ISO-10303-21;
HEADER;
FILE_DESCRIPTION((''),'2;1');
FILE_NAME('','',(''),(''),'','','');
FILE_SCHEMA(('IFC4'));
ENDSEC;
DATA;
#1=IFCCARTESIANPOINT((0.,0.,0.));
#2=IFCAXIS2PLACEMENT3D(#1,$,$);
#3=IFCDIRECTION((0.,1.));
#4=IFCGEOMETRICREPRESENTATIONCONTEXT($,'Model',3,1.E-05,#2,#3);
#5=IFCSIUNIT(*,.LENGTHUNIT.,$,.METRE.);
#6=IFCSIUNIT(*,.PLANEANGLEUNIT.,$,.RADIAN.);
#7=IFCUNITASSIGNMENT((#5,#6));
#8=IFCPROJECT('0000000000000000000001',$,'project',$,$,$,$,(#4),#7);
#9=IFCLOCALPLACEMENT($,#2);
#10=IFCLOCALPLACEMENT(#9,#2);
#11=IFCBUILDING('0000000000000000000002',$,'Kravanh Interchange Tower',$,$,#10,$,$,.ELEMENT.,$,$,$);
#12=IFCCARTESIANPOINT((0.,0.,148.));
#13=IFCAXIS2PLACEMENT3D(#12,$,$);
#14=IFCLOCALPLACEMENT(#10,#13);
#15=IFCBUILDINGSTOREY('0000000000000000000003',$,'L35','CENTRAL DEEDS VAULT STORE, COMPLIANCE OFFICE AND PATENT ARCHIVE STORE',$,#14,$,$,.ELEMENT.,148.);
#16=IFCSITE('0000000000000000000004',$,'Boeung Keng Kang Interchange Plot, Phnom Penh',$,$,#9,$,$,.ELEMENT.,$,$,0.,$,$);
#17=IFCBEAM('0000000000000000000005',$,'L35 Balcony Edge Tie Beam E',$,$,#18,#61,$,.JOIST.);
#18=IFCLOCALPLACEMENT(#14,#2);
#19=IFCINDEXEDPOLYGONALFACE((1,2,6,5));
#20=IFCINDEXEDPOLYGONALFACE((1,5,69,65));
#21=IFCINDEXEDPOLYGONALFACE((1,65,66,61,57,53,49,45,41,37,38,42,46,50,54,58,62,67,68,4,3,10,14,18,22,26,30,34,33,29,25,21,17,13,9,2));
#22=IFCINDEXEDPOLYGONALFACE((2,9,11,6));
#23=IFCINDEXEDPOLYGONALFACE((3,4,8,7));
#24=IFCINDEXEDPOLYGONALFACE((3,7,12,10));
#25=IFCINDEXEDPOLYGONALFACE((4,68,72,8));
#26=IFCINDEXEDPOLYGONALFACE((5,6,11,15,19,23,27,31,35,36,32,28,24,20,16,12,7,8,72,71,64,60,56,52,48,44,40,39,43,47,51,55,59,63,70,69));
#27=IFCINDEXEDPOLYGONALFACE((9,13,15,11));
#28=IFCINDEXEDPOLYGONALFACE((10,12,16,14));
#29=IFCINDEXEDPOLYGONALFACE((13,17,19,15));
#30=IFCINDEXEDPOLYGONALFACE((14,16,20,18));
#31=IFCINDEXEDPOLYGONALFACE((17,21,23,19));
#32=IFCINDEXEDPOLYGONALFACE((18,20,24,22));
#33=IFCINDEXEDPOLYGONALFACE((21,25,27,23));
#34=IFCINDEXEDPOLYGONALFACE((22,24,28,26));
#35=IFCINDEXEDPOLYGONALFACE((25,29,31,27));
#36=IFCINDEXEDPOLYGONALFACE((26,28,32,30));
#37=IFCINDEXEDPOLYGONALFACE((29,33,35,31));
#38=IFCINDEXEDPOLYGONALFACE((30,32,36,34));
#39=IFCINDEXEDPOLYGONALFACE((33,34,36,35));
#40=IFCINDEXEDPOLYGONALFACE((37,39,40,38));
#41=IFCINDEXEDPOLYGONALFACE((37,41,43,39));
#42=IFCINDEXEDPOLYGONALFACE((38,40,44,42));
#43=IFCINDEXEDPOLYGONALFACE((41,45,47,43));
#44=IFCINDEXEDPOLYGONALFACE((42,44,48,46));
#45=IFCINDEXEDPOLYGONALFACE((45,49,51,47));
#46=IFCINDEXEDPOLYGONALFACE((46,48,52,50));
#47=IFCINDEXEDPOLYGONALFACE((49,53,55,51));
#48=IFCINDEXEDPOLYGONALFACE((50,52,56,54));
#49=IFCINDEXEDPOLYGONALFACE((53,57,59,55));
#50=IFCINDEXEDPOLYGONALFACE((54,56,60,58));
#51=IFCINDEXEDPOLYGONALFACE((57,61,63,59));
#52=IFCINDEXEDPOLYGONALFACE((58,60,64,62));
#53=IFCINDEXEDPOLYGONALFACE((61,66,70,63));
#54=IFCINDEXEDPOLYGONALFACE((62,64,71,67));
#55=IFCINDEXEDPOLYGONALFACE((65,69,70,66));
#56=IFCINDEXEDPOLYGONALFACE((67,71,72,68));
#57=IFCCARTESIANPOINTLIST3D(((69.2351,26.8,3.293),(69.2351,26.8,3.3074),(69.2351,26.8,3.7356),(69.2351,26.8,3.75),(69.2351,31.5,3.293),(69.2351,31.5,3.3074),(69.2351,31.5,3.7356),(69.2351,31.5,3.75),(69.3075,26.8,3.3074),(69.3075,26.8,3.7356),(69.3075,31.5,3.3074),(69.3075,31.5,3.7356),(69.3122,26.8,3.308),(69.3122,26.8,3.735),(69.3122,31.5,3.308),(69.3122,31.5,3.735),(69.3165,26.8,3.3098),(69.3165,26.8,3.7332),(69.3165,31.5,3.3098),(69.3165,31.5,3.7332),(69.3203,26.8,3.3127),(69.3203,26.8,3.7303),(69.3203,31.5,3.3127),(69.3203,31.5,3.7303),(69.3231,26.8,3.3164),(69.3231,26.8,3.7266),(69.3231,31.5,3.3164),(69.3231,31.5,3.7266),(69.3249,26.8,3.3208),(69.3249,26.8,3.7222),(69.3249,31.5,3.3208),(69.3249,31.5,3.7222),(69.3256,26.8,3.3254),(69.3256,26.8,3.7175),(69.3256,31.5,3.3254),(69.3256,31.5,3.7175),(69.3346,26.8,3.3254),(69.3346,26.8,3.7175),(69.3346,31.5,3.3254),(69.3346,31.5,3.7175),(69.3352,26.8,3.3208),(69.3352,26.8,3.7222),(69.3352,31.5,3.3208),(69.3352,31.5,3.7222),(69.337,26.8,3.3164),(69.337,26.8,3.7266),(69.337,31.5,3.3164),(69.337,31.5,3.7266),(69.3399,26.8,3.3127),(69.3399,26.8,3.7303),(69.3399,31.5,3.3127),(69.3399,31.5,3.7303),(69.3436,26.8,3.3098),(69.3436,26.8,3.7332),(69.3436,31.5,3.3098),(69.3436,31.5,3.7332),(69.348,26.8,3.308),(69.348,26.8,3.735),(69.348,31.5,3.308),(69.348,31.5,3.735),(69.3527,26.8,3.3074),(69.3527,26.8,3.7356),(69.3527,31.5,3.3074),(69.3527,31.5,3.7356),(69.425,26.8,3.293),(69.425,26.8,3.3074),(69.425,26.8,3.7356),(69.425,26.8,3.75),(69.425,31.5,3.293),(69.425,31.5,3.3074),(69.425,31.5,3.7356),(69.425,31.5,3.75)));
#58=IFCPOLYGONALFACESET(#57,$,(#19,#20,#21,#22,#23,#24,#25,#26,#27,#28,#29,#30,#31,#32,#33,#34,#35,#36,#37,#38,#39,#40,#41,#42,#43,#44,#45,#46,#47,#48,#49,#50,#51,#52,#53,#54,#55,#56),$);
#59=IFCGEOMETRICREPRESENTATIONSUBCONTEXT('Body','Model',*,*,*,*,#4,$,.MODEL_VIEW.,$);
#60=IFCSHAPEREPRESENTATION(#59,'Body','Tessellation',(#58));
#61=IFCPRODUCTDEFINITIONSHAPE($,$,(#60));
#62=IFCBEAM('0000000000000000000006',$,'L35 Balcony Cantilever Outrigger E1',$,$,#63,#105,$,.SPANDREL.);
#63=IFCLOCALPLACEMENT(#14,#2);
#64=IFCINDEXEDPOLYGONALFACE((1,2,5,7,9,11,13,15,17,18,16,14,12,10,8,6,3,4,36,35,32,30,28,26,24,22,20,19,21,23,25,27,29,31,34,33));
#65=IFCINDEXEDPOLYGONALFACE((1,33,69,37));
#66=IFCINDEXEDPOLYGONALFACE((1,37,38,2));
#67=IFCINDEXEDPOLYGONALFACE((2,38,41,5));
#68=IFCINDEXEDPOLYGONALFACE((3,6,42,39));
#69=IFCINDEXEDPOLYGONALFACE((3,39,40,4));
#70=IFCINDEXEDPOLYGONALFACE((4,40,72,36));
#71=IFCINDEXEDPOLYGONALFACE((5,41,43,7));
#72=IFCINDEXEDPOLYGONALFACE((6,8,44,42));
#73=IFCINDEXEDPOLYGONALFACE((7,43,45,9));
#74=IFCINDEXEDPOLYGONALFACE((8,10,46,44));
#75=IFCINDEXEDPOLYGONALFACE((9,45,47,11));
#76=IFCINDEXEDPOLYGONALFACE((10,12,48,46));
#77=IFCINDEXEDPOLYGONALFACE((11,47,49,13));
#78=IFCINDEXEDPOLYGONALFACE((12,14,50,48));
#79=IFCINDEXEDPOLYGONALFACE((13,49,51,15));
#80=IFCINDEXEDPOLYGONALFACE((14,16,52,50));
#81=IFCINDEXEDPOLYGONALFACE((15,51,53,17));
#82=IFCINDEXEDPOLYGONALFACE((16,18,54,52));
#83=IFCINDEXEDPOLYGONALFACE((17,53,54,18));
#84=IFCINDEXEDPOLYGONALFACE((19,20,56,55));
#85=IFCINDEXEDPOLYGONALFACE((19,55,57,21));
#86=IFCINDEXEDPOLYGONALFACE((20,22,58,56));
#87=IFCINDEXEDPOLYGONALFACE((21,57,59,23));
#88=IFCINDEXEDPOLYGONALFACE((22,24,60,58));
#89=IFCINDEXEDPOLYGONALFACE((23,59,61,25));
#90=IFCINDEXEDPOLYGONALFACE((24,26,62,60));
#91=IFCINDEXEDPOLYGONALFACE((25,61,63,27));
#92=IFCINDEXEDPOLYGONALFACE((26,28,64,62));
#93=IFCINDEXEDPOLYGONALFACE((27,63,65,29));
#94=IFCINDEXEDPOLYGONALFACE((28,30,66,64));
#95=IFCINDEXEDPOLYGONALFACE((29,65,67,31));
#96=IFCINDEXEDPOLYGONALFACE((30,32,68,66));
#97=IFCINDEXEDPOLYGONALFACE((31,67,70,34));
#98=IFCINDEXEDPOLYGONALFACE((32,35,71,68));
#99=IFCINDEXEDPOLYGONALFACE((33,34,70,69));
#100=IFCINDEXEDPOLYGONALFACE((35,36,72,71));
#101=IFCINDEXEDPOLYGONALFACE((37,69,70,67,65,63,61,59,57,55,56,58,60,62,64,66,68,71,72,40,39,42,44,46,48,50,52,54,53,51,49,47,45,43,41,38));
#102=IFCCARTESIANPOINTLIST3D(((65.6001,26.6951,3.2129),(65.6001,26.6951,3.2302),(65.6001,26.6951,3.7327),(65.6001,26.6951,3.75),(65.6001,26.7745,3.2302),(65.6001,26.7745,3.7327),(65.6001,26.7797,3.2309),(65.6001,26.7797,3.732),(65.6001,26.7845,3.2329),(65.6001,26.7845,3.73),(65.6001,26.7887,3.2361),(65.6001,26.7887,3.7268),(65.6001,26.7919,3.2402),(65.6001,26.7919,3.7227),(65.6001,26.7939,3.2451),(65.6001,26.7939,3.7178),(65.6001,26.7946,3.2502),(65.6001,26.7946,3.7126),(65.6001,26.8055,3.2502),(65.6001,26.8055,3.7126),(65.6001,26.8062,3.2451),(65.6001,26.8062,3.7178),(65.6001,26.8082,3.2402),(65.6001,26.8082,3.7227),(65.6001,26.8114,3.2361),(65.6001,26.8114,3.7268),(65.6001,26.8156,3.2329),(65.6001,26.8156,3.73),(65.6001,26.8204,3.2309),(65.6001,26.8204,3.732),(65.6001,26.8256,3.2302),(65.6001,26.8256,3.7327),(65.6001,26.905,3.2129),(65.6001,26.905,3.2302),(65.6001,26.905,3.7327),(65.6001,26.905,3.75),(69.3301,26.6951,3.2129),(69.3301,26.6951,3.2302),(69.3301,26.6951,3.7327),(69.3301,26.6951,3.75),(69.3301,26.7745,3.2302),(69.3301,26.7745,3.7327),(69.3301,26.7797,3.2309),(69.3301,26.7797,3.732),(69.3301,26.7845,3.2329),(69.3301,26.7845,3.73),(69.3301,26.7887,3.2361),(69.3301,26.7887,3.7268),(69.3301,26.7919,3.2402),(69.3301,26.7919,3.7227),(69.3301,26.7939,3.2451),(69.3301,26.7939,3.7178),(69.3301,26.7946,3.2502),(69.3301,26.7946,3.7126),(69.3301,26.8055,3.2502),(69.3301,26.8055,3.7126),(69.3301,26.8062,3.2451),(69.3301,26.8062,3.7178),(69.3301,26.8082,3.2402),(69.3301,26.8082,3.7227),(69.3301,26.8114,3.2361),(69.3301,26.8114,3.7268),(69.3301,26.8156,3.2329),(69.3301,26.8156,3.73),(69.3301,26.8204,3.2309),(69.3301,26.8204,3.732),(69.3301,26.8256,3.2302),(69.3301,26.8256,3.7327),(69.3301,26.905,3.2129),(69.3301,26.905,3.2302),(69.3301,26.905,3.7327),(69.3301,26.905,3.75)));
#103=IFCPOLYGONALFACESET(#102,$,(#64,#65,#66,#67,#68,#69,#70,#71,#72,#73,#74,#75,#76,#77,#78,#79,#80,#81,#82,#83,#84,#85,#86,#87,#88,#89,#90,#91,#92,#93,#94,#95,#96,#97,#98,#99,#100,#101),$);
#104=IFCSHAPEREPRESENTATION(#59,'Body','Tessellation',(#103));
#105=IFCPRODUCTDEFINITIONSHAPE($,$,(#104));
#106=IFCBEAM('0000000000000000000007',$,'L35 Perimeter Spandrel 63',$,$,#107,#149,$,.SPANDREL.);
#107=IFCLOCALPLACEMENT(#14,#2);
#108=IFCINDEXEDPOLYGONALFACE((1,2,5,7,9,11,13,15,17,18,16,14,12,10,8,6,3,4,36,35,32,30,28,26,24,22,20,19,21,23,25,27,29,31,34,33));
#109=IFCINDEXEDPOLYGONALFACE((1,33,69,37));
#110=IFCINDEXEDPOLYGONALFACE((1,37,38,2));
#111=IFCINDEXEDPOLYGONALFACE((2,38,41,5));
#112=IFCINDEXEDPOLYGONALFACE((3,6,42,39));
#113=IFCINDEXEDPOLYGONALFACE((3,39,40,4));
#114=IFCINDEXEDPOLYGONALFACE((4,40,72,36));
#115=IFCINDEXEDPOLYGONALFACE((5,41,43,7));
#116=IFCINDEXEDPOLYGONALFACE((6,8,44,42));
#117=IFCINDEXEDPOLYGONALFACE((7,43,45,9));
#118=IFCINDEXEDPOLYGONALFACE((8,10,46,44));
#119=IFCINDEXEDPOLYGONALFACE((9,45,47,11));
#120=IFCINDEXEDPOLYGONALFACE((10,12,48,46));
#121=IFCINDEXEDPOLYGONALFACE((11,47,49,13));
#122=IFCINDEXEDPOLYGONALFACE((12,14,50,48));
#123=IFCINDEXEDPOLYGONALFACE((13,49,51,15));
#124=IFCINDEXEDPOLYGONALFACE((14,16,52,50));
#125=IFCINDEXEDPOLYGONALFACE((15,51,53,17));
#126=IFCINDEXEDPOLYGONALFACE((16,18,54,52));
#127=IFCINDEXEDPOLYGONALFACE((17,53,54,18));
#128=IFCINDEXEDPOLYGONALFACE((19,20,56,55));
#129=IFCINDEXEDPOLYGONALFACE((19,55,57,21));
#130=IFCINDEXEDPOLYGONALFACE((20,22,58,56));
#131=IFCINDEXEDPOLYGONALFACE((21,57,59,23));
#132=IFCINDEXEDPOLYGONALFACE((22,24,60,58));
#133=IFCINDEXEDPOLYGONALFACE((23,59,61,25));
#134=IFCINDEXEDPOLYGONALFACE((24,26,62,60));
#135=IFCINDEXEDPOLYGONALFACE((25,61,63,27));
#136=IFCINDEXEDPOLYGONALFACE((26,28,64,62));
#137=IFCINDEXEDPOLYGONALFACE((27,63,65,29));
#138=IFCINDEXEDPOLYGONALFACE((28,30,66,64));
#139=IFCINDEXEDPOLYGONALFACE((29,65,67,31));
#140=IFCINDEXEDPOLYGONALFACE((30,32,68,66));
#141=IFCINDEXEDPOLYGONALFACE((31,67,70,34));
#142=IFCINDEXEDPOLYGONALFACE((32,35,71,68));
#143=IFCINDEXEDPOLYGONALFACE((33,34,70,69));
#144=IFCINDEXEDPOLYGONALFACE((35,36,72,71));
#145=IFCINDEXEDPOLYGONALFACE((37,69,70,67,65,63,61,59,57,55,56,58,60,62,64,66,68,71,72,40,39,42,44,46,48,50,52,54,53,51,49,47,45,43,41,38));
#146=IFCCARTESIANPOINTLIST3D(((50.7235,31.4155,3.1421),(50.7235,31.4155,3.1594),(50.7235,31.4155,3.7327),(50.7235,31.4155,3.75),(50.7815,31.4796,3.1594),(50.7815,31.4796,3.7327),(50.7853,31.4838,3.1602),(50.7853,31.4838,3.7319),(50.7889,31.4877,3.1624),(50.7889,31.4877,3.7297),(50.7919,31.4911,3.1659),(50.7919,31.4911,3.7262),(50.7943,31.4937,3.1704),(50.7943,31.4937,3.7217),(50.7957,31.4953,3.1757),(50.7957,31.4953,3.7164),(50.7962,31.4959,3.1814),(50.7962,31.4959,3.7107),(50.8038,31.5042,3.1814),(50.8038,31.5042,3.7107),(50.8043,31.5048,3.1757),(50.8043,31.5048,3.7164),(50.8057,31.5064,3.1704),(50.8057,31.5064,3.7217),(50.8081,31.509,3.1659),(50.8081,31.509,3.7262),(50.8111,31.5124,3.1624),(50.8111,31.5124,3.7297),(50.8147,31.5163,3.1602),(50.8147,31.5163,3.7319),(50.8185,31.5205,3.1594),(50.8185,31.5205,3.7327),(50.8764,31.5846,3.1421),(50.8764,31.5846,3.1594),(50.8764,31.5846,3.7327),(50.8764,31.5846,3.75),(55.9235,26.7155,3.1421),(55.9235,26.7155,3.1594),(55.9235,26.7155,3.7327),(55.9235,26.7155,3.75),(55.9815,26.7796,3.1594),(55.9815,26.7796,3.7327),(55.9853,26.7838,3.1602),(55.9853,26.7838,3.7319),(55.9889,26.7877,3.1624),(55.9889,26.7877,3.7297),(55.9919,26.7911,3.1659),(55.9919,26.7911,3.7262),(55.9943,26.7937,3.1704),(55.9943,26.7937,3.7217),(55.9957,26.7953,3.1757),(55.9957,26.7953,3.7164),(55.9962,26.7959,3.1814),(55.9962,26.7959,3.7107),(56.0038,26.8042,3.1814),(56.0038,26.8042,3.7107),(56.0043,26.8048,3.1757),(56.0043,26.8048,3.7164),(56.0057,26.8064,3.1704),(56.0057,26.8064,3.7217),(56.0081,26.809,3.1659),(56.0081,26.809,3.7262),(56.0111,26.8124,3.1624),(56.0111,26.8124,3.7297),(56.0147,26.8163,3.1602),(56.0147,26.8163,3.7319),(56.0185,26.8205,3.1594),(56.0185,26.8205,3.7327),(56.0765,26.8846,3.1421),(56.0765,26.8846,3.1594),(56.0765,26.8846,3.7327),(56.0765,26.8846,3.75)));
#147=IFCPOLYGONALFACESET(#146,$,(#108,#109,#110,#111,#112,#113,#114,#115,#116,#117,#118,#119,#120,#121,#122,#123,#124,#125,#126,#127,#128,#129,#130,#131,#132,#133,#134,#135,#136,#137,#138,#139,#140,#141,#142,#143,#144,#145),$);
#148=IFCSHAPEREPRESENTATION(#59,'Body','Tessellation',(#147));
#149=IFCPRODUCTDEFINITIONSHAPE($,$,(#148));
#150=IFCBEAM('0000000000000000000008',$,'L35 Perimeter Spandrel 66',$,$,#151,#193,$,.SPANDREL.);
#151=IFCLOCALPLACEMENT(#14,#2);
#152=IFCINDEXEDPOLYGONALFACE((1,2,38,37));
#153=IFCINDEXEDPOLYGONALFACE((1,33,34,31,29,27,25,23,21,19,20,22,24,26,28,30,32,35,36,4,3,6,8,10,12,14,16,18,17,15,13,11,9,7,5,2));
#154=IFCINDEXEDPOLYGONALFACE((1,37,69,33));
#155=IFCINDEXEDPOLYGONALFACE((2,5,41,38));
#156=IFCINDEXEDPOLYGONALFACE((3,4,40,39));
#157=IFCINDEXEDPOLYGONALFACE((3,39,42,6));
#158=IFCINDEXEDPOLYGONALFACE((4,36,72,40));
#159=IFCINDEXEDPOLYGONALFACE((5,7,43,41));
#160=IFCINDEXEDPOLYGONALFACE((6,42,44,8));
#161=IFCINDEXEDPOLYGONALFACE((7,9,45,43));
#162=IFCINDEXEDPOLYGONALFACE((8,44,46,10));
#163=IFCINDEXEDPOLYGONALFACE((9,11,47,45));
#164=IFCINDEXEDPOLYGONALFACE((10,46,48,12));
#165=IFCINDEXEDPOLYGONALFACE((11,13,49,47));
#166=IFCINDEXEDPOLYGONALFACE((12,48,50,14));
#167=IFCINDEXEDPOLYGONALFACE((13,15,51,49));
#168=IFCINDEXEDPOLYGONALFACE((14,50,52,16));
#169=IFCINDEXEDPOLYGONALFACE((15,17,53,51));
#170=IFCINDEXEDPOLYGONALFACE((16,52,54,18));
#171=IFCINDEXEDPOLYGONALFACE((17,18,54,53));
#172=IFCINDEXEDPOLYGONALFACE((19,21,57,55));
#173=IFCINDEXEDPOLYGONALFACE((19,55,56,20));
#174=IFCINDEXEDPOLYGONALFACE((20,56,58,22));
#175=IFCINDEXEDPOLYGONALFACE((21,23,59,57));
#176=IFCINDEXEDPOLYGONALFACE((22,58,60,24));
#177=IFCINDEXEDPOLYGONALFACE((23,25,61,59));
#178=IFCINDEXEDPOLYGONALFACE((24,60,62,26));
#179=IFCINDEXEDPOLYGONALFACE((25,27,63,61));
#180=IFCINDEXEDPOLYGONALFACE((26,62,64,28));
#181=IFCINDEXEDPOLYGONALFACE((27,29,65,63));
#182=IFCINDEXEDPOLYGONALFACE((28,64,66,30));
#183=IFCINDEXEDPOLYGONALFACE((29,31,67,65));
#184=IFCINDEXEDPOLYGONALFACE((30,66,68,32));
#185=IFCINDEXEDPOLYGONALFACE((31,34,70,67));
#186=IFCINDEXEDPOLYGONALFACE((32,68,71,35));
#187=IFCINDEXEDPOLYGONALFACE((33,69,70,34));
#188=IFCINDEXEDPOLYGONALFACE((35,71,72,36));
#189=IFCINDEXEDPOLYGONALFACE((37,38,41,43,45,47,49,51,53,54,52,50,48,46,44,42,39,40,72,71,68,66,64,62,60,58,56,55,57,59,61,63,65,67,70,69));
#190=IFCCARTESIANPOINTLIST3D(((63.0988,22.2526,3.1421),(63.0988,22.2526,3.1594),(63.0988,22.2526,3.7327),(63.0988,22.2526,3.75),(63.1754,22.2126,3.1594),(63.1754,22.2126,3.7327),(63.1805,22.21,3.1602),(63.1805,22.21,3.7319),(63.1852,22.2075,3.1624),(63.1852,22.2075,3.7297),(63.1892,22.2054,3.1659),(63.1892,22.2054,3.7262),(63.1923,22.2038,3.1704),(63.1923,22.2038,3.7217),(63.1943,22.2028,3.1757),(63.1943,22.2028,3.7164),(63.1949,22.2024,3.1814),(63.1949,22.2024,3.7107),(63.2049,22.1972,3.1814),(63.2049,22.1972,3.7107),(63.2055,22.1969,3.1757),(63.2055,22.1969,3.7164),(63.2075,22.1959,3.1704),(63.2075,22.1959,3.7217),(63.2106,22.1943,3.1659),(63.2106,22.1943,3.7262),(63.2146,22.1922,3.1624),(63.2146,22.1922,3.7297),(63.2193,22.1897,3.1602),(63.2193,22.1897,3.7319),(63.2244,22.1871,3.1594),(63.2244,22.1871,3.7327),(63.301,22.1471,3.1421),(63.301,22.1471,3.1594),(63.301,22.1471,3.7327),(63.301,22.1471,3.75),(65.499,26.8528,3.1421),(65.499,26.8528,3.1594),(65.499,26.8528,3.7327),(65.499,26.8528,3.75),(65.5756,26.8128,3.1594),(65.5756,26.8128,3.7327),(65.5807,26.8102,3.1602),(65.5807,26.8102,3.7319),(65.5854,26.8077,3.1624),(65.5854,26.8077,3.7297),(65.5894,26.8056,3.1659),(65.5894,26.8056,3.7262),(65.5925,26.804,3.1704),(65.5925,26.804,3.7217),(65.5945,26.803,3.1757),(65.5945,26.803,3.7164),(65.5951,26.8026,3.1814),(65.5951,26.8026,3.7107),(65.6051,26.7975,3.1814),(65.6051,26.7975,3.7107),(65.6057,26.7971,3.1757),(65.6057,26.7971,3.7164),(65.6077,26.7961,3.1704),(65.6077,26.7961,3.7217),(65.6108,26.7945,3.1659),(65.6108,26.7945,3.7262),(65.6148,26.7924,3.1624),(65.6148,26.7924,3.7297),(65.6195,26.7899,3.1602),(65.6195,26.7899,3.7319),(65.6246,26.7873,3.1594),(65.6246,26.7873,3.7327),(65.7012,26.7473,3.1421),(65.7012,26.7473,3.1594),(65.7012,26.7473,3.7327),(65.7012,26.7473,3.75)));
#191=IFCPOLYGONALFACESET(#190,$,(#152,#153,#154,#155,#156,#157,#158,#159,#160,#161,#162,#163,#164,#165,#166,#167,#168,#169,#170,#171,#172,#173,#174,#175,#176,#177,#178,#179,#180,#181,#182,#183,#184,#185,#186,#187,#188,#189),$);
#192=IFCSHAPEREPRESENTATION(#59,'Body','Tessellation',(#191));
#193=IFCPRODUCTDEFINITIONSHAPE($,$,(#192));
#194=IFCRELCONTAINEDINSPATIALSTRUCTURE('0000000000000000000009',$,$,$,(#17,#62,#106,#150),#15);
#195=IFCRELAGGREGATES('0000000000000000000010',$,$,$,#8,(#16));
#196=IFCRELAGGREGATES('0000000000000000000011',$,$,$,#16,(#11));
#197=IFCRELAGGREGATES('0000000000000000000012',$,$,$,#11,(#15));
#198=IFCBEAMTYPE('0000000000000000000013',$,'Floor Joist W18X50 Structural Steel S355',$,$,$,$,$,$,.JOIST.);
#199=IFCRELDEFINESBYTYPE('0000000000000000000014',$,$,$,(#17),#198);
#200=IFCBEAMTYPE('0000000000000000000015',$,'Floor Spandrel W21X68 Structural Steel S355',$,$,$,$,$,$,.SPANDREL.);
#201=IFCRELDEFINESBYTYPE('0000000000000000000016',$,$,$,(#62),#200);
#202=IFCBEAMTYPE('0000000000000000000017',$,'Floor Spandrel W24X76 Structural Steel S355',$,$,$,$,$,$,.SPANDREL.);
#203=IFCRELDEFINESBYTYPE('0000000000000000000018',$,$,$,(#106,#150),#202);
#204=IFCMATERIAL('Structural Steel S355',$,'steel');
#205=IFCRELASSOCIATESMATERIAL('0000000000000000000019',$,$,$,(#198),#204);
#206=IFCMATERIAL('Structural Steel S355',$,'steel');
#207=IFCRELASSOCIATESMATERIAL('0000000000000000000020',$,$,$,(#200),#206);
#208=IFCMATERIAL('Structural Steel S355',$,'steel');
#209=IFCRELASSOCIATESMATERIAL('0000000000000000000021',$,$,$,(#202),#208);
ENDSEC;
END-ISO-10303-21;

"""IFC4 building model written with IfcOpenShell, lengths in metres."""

from ifc_helpers import new_model, si_unit, direction, frame, origin, origin_2d, place, context, subcontext, project, spatial, i_section, extrude, material, material_profile, profile_set, type_object, element, save


model = new_model("IFC4")

# Units and contexts
model_context = context("Model", 3, precision=1e-05, world=origin(), true_north=direction((0.0, 1.0)))
body_context = subcontext(model_context, "Body", "Model", "MODEL_VIEW")
ifc_project = project(units=[si_unit("LENGTHUNIT", "METRE"), si_unit("PLANEANGLEUNIT", "RADIAN")], contexts=[model_context])

# Site, building, storey
site_placement = place(None, origin())
site = spatial("IfcSite", under=ifc_project, at=site_placement, Name="Boeung Keng Kang Interchange Plot, Phnom Penh", CompositionType="ELEMENT", RefElevation=0.0)
building_placement = place(site_placement, origin())
building = spatial("IfcBuilding", under=site, at=building_placement, Name="Kravanh Interchange Tower", CompositionType="ELEMENT")
storey_placement = place(building_placement, frame((0.0, 0.0, 148.0)))
storey = spatial("IfcBuildingStorey", under=building, at=storey_placement, Name="L35", Description="CENTRAL DEEDS VAULT STORE, COMPLIANCE OFFICE AND PATENT ARCHIVE STORE", CompositionType="ELEMENT", Elevation=148.0)

# Beams
ifc_material_1 = material(Name="Structural Steel S355", Category="steel")
ifc_material_profile_1 = material_profile(ifc_material_1, i_section(OverallWidth=0.1899, OverallDepth=0.457, WebThickness=0.009, FlangeThickness=0.0144, FilletRadius=0.0181, at=origin_2d()), Name="W18X50")
ifc_profile_set_1 = profile_set([ifc_material_profile_1], Name="Structural Steel S355")
beam_type_1 = type_object("IfcBeamType", Name="Floor Joist W18X50 Structural Steel S355", PredefinedType="JOIST", material=ifc_profile_set_1)
beam_1_placement = place(storey_placement, frame((69.3301, 26.8, 3.5215), z_axis=(0.0, 1.0, 0.0), x_axis=(-1.0, 0.0, 0.0)))
element("IfcBeam", 1, at=beam_1_placement, inside=storey, type_object=beam_type_1, Name="L35 Balcony Edge Tie Beam E", PredefinedType="JOIST", context=body_context, shape_type="SweptSolid", body=[
    extrude(i_section(OverallWidth=0.1899, OverallDepth=0.457, WebThickness=0.009, FlangeThickness=0.0144, FilletRadius=0.0181, at=origin_2d()), origin(), (0.0, 0.0, 1.0), 4.7),
])
ifc_material_2 = material(Name="Structural Steel S355", Category="steel")
ifc_material_profile_2 = material_profile(ifc_material_2, i_section(OverallWidth=0.21, OverallDepth=0.5371, WebThickness=0.011, FlangeThickness=0.0173, FilletRadius=0.02, at=origin_2d()), Name="W21X68")
ifc_profile_set_2 = profile_set([ifc_material_profile_2], Name="Structural Steel S355")
beam_type_2 = type_object("IfcBeamType", Name="Floor Spandrel W21X68 Structural Steel S355", PredefinedType="SPANDREL", material=ifc_profile_set_2)
beam_2_placement = place(storey_placement, frame((65.6001, 26.8, 3.4814), z_axis=(1.0, 0.0, 0.0), x_axis=(0.0, 1.0, 0.0)))
element("IfcBeam", 2, at=beam_2_placement, inside=storey, type_object=beam_type_2, Name="L35 Balcony Cantilever Outrigger E1", PredefinedType="SPANDREL", context=body_context, shape_type="SweptSolid", body=[
    extrude(i_section(OverallWidth=0.21, OverallDepth=0.5371, WebThickness=0.011, FlangeThickness=0.0173, FilletRadius=0.02, at=origin_2d()), origin(), (0.0, 0.0, 1.0), 3.73),
])
ifc_material_3 = material(Name="Structural Steel S355", Category="steel")
ifc_material_profile_3 = material_profile(ifc_material_3, i_section(OverallWidth=0.228, OverallDepth=0.6079, WebThickness=0.0112, FlangeThickness=0.0173, FilletRadius=0.022, at=origin_2d()), Name="W24X76")
ifc_profile_set_3 = profile_set([ifc_material_profile_3], Name="Structural Steel S355")
beam_type_3 = type_object("IfcBeamType", Name="Floor Spandrel W24X76 Structural Steel S355", PredefinedType="SPANDREL", material=ifc_profile_set_3)
beam_3_placement = place(storey_placement, frame((56.0, 26.8, 3.446), z_axis=(-0.741874, 0.670539, 0.0), x_axis=(-0.670539, -0.741874, 0.0)))
element("IfcBeam", 3, at=beam_3_placement, inside=storey, type_object=beam_type_3, Name="L35 Perimeter Spandrel 63", PredefinedType="SPANDREL", context=body_context, shape_type="SweptSolid", body=[
    extrude(i_section(OverallWidth=0.228, OverallDepth=0.6079, WebThickness=0.0112, FlangeThickness=0.0173, FilletRadius=0.022, at=origin_2d()), origin(), (0.0, 0.0, 1.0), 7.0093),
])
beam_4_placement = place(storey_placement, frame((65.6001, 26.8, 3.446), z_axis=(-0.46258, -0.886577, 0.0), x_axis=(0.886577, -0.46258, 0.0)))
element("IfcBeam", 4, at=beam_4_placement, inside=storey, type_object=beam_type_3, Name="L35 Perimeter Spandrel 66", PredefinedType="SPANDREL", context=body_context, shape_type="SweptSolid", body=[
    extrude(i_section(OverallWidth=0.228, OverallDepth=0.6079, WebThickness=0.0112, FlangeThickness=0.0173, FilletRadius=0.022, at=origin_2d()), origin(), (0.0, 0.0, 1.0), 5.1887),
])

save(model, "model.ifc")
